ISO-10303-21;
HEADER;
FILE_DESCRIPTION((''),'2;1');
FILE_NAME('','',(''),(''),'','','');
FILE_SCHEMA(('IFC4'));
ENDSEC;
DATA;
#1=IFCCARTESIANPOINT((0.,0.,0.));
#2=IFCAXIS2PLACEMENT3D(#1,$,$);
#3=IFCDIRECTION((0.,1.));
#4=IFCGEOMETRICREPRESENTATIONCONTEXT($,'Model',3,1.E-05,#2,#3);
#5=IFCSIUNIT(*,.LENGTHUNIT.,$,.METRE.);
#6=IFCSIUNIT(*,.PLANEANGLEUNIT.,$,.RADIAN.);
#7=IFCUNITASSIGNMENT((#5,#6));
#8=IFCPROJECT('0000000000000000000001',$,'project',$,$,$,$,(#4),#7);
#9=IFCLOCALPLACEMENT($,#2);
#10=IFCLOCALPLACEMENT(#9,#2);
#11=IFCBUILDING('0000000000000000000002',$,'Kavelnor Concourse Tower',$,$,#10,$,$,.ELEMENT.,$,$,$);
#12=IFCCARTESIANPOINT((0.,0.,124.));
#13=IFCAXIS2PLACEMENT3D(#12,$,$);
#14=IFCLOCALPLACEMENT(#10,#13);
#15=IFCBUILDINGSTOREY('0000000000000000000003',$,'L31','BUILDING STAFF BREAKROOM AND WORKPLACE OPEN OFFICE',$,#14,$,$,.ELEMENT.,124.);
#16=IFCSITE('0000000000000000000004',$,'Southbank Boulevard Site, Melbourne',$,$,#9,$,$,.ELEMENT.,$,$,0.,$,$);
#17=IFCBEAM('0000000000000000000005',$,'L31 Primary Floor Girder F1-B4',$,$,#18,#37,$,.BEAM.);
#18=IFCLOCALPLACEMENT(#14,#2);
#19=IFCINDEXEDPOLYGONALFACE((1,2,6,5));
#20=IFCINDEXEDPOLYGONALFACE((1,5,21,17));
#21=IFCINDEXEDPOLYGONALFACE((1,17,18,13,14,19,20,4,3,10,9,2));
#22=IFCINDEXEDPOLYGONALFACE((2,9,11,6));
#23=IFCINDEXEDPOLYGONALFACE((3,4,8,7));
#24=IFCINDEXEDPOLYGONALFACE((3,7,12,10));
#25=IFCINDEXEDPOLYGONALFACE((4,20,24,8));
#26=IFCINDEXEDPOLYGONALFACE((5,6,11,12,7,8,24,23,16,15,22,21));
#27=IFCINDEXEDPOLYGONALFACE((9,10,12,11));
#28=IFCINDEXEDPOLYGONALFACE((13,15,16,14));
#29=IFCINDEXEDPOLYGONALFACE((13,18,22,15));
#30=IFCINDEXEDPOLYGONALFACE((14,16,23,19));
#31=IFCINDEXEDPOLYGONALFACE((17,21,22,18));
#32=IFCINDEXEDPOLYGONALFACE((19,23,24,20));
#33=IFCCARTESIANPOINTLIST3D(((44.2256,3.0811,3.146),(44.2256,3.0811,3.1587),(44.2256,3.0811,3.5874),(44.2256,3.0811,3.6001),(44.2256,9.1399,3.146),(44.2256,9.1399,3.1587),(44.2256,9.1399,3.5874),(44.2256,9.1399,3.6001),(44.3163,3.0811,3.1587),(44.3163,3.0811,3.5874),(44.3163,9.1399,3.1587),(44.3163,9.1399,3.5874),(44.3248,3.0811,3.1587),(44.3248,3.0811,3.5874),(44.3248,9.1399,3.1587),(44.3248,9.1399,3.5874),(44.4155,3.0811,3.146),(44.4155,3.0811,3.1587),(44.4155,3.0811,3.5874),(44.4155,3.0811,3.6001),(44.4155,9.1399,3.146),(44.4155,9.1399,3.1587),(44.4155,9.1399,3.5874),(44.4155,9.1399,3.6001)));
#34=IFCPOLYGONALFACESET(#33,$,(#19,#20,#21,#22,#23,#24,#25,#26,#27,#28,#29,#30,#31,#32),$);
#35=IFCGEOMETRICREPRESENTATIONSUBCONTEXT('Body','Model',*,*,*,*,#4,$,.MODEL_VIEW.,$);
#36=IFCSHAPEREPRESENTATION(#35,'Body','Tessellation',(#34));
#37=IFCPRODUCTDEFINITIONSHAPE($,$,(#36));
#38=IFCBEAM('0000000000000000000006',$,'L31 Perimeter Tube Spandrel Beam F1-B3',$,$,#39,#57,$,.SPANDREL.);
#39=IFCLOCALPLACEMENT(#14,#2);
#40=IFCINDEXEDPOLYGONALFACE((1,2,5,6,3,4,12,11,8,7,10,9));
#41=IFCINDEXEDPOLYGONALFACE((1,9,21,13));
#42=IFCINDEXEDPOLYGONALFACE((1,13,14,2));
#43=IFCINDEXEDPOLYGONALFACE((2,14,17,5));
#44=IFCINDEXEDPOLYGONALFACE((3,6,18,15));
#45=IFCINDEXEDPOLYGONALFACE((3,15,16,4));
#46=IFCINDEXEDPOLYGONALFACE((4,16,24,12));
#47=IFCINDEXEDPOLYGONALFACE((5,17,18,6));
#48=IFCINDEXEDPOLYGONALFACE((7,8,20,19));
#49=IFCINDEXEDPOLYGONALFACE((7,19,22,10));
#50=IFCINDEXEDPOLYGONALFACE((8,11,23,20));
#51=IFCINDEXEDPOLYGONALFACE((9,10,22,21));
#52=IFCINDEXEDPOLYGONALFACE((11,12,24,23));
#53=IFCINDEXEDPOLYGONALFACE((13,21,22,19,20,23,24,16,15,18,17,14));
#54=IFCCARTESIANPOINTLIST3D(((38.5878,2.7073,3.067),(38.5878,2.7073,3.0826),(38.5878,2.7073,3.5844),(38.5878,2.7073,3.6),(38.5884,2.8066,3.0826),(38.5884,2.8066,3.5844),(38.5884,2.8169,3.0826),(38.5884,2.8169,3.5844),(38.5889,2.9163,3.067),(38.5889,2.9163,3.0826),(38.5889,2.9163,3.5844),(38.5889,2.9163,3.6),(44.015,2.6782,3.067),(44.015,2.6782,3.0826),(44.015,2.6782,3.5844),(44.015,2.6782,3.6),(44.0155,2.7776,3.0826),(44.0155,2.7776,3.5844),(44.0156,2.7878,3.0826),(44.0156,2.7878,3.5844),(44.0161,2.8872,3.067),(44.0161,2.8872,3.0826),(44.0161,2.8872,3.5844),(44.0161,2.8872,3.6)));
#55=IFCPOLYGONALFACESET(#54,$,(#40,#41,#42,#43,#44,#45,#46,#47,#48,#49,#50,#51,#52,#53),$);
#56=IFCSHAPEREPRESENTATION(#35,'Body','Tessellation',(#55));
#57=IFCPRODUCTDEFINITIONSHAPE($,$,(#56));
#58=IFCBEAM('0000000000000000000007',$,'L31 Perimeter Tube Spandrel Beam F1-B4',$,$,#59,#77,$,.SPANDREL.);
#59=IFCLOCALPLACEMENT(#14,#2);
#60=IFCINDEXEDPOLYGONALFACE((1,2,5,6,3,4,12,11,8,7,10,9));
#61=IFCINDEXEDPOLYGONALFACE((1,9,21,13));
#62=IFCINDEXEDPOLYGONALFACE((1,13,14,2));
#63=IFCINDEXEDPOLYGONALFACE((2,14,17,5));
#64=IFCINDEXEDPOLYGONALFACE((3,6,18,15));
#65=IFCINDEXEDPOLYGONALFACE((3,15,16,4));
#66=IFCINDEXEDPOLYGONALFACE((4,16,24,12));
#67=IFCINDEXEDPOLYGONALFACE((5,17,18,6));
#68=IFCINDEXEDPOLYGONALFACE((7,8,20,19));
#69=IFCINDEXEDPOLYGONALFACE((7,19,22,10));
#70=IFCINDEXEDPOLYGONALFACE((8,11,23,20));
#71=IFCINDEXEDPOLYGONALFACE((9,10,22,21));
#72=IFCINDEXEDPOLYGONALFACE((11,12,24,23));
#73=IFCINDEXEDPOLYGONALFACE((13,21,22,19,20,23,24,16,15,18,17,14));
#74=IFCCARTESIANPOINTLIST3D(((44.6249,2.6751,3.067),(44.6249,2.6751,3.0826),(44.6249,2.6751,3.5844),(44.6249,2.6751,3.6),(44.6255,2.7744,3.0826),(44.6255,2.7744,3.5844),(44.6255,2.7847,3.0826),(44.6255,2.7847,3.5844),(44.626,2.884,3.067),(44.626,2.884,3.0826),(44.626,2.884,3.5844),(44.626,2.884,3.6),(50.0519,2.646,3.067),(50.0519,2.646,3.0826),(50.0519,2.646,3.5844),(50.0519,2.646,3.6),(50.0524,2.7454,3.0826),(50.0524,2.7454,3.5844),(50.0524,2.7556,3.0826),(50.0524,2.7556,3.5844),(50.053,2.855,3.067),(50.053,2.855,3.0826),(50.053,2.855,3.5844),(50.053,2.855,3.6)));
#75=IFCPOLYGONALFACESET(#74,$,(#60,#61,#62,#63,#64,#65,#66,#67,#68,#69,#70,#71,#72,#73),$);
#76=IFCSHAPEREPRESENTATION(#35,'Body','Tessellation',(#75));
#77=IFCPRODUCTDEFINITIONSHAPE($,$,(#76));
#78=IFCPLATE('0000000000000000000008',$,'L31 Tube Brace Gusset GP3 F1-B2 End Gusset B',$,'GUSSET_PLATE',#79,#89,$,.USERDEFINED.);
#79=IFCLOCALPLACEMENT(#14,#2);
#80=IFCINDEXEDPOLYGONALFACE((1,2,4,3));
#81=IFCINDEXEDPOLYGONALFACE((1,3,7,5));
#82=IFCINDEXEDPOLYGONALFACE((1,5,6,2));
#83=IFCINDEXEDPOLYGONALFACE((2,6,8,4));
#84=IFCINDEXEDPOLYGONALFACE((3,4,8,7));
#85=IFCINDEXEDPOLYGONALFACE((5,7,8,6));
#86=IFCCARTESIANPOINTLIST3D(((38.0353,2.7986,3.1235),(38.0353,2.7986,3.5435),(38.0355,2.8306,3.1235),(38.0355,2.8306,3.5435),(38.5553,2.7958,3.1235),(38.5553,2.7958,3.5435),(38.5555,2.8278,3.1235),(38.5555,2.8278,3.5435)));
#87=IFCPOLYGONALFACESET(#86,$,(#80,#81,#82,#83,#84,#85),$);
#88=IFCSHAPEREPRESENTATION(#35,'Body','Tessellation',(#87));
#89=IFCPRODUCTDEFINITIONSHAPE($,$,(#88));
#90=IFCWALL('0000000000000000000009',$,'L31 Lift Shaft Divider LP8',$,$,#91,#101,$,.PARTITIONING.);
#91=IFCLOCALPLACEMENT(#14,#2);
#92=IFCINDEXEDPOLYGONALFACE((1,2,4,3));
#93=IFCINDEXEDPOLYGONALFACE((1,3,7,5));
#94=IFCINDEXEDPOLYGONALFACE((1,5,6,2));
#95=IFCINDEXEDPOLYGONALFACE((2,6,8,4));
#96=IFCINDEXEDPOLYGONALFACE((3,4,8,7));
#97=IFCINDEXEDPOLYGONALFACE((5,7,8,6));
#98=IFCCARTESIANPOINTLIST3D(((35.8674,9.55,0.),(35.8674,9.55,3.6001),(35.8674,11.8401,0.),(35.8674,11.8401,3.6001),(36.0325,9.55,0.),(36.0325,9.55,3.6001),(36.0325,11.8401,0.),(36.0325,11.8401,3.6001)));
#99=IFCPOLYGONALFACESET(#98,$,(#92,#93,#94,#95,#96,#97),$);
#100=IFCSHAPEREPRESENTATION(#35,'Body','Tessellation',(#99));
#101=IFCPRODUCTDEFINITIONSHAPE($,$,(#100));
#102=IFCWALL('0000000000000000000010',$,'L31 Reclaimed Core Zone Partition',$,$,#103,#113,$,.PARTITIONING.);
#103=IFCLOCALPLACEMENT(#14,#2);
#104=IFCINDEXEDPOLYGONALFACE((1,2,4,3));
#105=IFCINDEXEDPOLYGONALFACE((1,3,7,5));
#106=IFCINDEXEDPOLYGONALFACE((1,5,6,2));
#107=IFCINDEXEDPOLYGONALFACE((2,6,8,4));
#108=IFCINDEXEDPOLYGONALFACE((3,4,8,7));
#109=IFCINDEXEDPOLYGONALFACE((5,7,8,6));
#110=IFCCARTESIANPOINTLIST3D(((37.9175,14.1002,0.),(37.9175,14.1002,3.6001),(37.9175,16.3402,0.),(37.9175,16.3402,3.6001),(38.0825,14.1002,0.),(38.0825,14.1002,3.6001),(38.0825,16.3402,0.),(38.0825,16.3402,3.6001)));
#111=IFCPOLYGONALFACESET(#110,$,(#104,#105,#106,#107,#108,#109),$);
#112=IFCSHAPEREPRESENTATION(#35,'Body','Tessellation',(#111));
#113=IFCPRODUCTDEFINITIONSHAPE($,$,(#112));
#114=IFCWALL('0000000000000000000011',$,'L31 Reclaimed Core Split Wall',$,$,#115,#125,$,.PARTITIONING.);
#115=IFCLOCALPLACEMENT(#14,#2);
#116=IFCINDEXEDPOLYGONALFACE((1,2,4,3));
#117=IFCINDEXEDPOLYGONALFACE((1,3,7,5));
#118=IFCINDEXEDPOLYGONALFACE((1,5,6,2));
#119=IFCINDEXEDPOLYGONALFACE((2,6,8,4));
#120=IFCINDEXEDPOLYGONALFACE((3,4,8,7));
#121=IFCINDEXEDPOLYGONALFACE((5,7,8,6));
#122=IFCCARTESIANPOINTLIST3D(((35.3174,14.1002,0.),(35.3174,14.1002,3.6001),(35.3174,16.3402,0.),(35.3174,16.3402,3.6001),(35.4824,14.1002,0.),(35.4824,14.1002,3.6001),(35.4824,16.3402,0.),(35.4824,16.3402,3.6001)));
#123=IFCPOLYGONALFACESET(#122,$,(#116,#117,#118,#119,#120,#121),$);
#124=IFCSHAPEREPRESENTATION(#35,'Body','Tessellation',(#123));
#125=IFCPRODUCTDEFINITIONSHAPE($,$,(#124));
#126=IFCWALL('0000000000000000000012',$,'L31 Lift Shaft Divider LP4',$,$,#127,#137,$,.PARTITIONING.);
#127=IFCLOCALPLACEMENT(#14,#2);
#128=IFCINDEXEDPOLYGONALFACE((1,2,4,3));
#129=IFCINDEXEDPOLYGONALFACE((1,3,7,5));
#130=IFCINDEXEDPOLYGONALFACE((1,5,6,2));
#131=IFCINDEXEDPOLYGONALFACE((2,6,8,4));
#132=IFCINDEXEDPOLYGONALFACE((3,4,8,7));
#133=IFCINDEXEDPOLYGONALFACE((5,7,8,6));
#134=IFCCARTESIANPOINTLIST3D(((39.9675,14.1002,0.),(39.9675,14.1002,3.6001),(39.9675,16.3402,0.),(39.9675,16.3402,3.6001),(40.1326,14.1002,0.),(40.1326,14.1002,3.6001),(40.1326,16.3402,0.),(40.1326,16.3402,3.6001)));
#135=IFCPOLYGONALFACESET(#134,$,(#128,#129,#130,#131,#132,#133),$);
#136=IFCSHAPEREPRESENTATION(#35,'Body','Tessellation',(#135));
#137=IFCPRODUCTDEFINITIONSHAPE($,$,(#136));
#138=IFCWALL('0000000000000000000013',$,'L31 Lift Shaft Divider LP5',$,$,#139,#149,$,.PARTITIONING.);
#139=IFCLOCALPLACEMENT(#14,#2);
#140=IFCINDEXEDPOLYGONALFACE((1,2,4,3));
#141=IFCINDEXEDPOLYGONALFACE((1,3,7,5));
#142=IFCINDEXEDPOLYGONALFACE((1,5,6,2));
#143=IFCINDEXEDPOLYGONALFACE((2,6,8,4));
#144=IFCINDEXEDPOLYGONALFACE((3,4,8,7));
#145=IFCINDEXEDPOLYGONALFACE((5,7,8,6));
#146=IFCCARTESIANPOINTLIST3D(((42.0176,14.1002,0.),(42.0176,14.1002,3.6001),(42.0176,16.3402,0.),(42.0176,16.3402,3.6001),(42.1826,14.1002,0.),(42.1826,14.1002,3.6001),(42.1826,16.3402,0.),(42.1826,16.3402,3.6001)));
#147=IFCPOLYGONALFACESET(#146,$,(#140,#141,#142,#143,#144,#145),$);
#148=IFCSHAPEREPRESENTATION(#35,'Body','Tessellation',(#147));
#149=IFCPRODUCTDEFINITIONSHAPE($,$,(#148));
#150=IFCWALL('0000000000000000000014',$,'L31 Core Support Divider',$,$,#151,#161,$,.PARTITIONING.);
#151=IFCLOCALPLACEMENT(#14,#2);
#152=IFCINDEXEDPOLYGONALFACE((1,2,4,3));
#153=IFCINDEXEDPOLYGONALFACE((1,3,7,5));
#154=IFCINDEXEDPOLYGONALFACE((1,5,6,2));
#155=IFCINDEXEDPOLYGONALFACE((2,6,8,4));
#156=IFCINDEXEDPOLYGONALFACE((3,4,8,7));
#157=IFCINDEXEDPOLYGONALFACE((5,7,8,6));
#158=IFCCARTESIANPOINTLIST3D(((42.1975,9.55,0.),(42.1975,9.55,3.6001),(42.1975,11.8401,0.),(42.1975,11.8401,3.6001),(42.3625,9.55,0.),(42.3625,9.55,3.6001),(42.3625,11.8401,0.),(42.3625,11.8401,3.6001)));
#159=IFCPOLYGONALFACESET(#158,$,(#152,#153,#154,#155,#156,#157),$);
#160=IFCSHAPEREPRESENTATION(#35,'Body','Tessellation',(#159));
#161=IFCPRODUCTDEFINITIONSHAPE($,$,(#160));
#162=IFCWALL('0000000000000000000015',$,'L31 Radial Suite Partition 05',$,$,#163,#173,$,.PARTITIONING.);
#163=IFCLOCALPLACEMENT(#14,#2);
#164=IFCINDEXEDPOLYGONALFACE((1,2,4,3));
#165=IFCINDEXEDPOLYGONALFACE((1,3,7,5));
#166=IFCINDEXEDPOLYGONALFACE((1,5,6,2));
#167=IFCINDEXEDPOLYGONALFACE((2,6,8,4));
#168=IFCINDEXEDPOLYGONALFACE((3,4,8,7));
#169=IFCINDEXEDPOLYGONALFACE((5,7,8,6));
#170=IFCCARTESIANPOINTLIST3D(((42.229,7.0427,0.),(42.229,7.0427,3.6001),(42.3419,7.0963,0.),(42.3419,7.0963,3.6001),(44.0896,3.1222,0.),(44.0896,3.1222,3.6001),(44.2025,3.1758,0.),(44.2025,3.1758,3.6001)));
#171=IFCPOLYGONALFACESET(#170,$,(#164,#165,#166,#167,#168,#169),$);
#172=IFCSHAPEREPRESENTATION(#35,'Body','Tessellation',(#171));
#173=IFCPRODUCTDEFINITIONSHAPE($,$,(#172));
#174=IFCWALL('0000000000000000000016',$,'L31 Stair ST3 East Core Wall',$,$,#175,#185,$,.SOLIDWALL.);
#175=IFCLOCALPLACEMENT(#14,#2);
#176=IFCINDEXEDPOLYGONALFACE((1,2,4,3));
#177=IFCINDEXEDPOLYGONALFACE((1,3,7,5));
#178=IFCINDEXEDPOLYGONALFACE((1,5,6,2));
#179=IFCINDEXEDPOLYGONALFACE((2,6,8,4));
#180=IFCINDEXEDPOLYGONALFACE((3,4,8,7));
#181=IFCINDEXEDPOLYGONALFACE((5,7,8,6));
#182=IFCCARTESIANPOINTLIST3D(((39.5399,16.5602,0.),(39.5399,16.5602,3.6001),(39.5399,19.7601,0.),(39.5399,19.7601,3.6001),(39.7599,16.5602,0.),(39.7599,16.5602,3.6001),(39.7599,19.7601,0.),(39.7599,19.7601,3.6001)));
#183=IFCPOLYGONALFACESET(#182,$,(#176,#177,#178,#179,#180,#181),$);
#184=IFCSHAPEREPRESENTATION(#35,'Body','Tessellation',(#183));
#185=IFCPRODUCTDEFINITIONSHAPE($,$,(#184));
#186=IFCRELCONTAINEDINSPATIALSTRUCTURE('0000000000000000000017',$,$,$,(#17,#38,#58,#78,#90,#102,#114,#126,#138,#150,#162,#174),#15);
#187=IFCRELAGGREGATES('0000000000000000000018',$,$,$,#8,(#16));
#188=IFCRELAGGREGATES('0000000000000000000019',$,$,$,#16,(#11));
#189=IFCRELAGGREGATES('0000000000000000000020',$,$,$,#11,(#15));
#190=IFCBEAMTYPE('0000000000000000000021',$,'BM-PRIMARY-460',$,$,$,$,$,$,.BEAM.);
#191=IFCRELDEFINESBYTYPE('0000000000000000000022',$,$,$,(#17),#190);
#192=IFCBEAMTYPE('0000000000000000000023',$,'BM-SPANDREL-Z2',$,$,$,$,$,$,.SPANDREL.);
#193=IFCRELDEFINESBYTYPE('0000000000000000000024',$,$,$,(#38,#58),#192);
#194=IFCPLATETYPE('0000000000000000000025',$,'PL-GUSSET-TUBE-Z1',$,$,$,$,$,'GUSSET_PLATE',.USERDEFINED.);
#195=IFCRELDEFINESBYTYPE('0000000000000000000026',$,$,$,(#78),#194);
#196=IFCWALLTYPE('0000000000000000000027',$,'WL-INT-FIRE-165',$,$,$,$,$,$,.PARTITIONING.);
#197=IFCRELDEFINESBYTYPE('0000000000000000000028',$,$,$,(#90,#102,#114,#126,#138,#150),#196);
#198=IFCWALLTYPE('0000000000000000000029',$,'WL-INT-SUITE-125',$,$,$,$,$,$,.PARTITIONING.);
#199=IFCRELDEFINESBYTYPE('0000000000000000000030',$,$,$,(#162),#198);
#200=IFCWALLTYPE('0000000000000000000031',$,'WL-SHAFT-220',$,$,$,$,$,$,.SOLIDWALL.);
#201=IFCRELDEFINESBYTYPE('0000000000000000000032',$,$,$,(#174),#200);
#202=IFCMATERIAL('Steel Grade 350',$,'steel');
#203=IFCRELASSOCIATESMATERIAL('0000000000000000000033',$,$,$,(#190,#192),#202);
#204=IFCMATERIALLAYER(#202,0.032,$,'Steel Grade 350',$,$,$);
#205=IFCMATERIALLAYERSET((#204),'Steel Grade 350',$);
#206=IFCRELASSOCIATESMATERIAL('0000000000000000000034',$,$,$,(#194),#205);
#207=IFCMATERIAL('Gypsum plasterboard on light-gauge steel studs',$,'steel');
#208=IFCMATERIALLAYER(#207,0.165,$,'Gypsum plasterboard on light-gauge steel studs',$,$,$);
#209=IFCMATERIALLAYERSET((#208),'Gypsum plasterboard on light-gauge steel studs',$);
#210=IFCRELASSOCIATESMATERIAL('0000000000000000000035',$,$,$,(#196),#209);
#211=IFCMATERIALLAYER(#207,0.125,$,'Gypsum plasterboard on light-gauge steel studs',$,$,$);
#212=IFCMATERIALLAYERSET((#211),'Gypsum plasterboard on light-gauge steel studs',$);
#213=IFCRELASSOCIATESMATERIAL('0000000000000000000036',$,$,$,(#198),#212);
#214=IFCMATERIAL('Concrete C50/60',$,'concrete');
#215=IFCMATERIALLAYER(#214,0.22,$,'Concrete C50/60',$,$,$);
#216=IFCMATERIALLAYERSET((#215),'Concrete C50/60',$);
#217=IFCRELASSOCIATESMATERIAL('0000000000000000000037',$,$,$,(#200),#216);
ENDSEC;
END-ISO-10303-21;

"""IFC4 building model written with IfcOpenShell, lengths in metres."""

from ifc_helpers import new_model, si_unit, direction, frame, frame_2d, origin, origin_2d, place, context, subcontext, project, spatial, rectangle, i_section, extrude, material, layer, layer_set, material_profile, profile_set, type_object, element, save


model = new_model("IFC4")

# Units and contexts
model_context = context("Model", 3, precision=1e-05, world=origin(), true_north=direction((0.0, 1.0)))
body_context = subcontext(model_context, "Body", "Model", "MODEL_VIEW")
ifc_project = project(units=[si_unit("LENGTHUNIT", "METRE"), si_unit("PLANEANGLEUNIT", "RADIAN")], contexts=[model_context])

# Site, building, storey
site_placement = place(None, origin())
site = spatial("IfcSite", under=ifc_project, at=site_placement, Name="Southbank Boulevard Site, Melbourne", CompositionType="ELEMENT", RefElevation=0.0)
building_placement = place(site_placement, origin())
building = spatial("IfcBuilding", under=site, at=building_placement, Name="Kavelnor Concourse Tower", CompositionType="ELEMENT")
storey_placement = place(building_placement, frame((0.0, 0.0, 124.0)))
storey = spatial("IfcBuildingStorey", under=building, at=storey_placement, Name="L31", Description="BUILDING STAFF BREAKROOM AND WORKPLACE OPEN OFFICE", CompositionType="ELEMENT", Elevation=124.0)

# Shared definitions
ifc_material_1 = material(Name="Steel Grade 350", Category="steel")

# Beams
ifc_material_profile_1 = material_profile(ifc_material_1, i_section(OverallWidth=0.1899, OverallDepth=0.4541, WebThickness=0.0085, FlangeThickness=0.0127, at=origin_2d()), Name="460UB67")
ifc_profile_set_1 = profile_set([ifc_material_profile_1], Name="Steel Grade 350")
beam_type_1 = type_object("IfcBeamType", Name="BM-PRIMARY-460", PredefinedType="BEAM", material=ifc_profile_set_1)
beam_1_placement = place(storey_placement, frame((44.3206, 9.1399, 3.373), z_axis=(0.0, -1.0, 0.0), x_axis=(1.0, 0.0, 0.0)))
element("IfcBeam", 1, at=beam_1_placement, inside=storey, type_object=beam_type_1, Name="L31 Primary Floor Girder F1-B4", PredefinedType="BEAM", context=body_context, shape_type="SweptSolid", body=[
    extrude(i_section(OverallWidth=0.1899, OverallDepth=0.4541, WebThickness=0.0085, FlangeThickness=0.0127, at=origin_2d()), origin(), (0.0, 0.0, 1.0), 6.0588),
])
ifc_material_profile_2 = material_profile(ifc_material_1, i_section(OverallWidth=0.209, OverallDepth=0.533, WebThickness=0.0103, FlangeThickness=0.0156, at=origin_2d()), Name="530UB92")
ifc_profile_set_2 = profile_set([ifc_material_profile_2], Name="Steel Grade 350")
beam_type_2 = type_object("IfcBeamType", Name="BM-SPANDREL-Z2", PredefinedType="SPANDREL", material=ifc_profile_set_2)
beam_2_placement = place(storey_placement, frame((38.5884, 2.8118, 3.3335), z_axis=(0.999986, -0.005353, 0.0), x_axis=(0.005353, 0.999986, 0.0)))
element("IfcBeam", 2, at=beam_2_placement, inside=storey, type_object=beam_type_2, Name="L31 Perimeter Tube Spandrel Beam F1-B3", PredefinedType="SPANDREL", context=body_context, shape_type="SweptSolid", body=[
    extrude(i_section(OverallWidth=0.209, OverallDepth=0.533, WebThickness=0.0103, FlangeThickness=0.0156, at=origin_2d()), origin(), (0.0, 0.0, 1.0), 5.4272),
])
beam_3_placement = place(storey_placement, frame((44.6255, 2.7795, 3.3335), z_axis=(0.999986, -0.005353, 0.0), x_axis=(0.005353, 0.999986, 0.0)))
element("IfcBeam", 3, at=beam_3_placement, inside=storey, type_object=beam_type_2, Name="L31 Perimeter Tube Spandrel Beam F1-B4", PredefinedType="SPANDREL", context=body_context, shape_type="SweptSolid", body=[
    extrude(i_section(OverallWidth=0.209, OverallDepth=0.533, WebThickness=0.0103, FlangeThickness=0.0156, at=origin_2d()), origin(), (0.0, 0.0, 1.0), 5.427),
])

# Plate
ifc_layer_1 = layer(ifc_material_1, 0.032, Name="Steel Grade 350")
ifc_layer_set_1 = layer_set([ifc_layer_1], Name="Steel Grade 350")
plate_type = type_object("IfcPlateType", Name="PL-GUSSET-TUBE-Z1", ElementType="GUSSET_PLATE", PredefinedType="USERDEFINED", material=ifc_layer_set_1)
plate_placement = place(storey_placement, frame((38.2954, 2.8132, 3.1235), z_axis=(0.0, 0.0, 1.0), x_axis=(0.999985, -0.00541, 0.0)))
element("IfcPlate", 4, at=plate_placement, inside=storey, type_object=plate_type, Name="L31 Tube Brace Gusset GP3 F1-B2 End Gusset B", ObjectType="GUSSET_PLATE", PredefinedType="USERDEFINED", context=body_context, shape_type="SweptSolid", body=[
    extrude(rectangle(XDim=0.52, YDim=0.032, at=origin_2d()), origin(), (0.0, 0.0, 1.0), 0.4199),
])

# Walls
ifc_material_2 = material(Name="Gypsum plasterboard on light-gauge steel studs", Category="steel")
ifc_layer_2 = layer(ifc_material_2, 0.165, Name="Gypsum plasterboard on light-gauge steel studs")
ifc_layer_set_2 = layer_set([ifc_layer_2], Name="Gypsum plasterboard on light-gauge steel studs")
wall_type_1 = type_object("IfcWallType", Name="WL-INT-FIRE-165", PredefinedType="PARTITIONING", material=ifc_layer_set_2)
wall_1_placement = place(storey_placement, frame((35.95, 9.55, 0.0), z_axis=(0.0, 0.0, 1.0), x_axis=(0.0, 1.0, 0.0)))
element("IfcWall", 5, at=wall_1_placement, inside=storey, type_object=wall_type_1, Name="L31 Lift Shaft Divider LP8", PredefinedType="PARTITIONING", context=body_context, shape_type="SweptSolid", body=[
    extrude(rectangle(XDim=2.29, YDim=0.165, at=frame_2d((1.145, 0.0))), origin(), (0.0, 0.0, 1.0), 3.6001),
])
for number, where, z_axis, x_axis, name in (
    (6, (38.0, 14.1001, 0.0), (0.0, 0.0, 1.0), (0.0, 1.0, 0.0), "L31 Reclaimed Core Zone Partition"),
    (7, (35.3999, 14.1001, 0.0), (0.0, 0.0, 1.0), (0.0, 1.0, 0.0), "L31 Reclaimed Core Split Wall"),
    (8, (40.05, 14.1001, 0.0), (0.0, 0.0, 1.0), (0.0, 1.0, 0.0), "L31 Lift Shaft Divider LP4"),
    (9, (42.1001, 14.1001, 0.0), (0.0, 0.0, 1.0), (0.0, 1.0, 0.0), "L31 Lift Shaft Divider LP5"),
):
    element("IfcWall", number, at=place(storey_placement, frame(where, z_axis=z_axis, x_axis=x_axis)), inside=storey, type_object=wall_type_1, Name=name, PredefinedType="PARTITIONING", context=body_context, shape_type="SweptSolid", body=[
        extrude(rectangle(XDim=2.24, YDim=0.165, at=frame_2d((1.1201, 0.0))), origin(), (0.0, 0.0, 1.0), 3.6001),
    ])
wall_2_placement = place(storey_placement, frame((42.28, 9.55, 0.0), z_axis=(0.0, 0.0, 1.0), x_axis=(0.0, 1.0, 0.0)))
element("IfcWall", 10, at=wall_2_placement, inside=storey, type_object=wall_type_1, Name="L31 Core Support Divider", PredefinedType="PARTITIONING", context=body_context, shape_type="SweptSolid", body=[
    extrude(rectangle(XDim=2.29, YDim=0.165, at=frame_2d((1.145, 0.0))), origin(), (0.0, 0.0, 1.0), 3.6001),
])
ifc_layer_3 = layer(ifc_material_2, 0.125, Name="Gypsum plasterboard on light-gauge steel studs")
ifc_layer_set_3 = layer_set([ifc_layer_3], Name="Gypsum plasterboard on light-gauge steel studs")
wall_type_2 = type_object("IfcWallType", Name="WL-INT-SUITE-125", PredefinedType="PARTITIONING", material=ifc_layer_set_3)
wall_3_placement = place(storey_placement, frame((42.2854, 7.0696, 0.0), z_axis=(0.0, 0.0, 1.0), x_axis=(0.428756, -0.90342, 0.0)))
element("IfcWall", 11, at=wall_3_placement, inside=storey, type_object=wall_type_2, Name="L31 Radial Suite Partition 05", PredefinedType="PARTITIONING", context=body_context, shape_type="SweptSolid", body=[
    extrude(rectangle(XDim=4.3396, YDim=0.125, at=frame_2d((2.1699, 0.0))), origin(), (0.0, 0.0, 1.0), 3.6001),
])
ifc_material_3 = material(Name="Concrete C50/60", Category="concrete")
ifc_layer_4 = layer(ifc_material_3, 0.22, Name="Concrete C50/60")
ifc_layer_set_4 = layer_set([ifc_layer_4], Name="Concrete C50/60")
wall_type_3 = type_object("IfcWallType", Name="WL-SHAFT-220", PredefinedType="SOLIDWALL", material=ifc_layer_set_4)
wall_4_placement = place(storey_placement, frame((39.6499, 16.5601, 0.0), z_axis=(0.0, 0.0, 1.0), x_axis=(0.0, 1.0, 0.0)))
element("IfcWall", 12, at=wall_4_placement, inside=storey, type_object=wall_type_3, Name="L31 Stair ST3 East Core Wall", PredefinedType="SOLIDWALL", context=body_context, shape_type="SweptSolid", body=[
    extrude(rectangle(XDim=3.2, YDim=0.22, at=frame_2d((1.6001, 0.0))), origin(), (0.0, 0.0, 1.0), 3.6001),
])

save(model, "model.ifc")
